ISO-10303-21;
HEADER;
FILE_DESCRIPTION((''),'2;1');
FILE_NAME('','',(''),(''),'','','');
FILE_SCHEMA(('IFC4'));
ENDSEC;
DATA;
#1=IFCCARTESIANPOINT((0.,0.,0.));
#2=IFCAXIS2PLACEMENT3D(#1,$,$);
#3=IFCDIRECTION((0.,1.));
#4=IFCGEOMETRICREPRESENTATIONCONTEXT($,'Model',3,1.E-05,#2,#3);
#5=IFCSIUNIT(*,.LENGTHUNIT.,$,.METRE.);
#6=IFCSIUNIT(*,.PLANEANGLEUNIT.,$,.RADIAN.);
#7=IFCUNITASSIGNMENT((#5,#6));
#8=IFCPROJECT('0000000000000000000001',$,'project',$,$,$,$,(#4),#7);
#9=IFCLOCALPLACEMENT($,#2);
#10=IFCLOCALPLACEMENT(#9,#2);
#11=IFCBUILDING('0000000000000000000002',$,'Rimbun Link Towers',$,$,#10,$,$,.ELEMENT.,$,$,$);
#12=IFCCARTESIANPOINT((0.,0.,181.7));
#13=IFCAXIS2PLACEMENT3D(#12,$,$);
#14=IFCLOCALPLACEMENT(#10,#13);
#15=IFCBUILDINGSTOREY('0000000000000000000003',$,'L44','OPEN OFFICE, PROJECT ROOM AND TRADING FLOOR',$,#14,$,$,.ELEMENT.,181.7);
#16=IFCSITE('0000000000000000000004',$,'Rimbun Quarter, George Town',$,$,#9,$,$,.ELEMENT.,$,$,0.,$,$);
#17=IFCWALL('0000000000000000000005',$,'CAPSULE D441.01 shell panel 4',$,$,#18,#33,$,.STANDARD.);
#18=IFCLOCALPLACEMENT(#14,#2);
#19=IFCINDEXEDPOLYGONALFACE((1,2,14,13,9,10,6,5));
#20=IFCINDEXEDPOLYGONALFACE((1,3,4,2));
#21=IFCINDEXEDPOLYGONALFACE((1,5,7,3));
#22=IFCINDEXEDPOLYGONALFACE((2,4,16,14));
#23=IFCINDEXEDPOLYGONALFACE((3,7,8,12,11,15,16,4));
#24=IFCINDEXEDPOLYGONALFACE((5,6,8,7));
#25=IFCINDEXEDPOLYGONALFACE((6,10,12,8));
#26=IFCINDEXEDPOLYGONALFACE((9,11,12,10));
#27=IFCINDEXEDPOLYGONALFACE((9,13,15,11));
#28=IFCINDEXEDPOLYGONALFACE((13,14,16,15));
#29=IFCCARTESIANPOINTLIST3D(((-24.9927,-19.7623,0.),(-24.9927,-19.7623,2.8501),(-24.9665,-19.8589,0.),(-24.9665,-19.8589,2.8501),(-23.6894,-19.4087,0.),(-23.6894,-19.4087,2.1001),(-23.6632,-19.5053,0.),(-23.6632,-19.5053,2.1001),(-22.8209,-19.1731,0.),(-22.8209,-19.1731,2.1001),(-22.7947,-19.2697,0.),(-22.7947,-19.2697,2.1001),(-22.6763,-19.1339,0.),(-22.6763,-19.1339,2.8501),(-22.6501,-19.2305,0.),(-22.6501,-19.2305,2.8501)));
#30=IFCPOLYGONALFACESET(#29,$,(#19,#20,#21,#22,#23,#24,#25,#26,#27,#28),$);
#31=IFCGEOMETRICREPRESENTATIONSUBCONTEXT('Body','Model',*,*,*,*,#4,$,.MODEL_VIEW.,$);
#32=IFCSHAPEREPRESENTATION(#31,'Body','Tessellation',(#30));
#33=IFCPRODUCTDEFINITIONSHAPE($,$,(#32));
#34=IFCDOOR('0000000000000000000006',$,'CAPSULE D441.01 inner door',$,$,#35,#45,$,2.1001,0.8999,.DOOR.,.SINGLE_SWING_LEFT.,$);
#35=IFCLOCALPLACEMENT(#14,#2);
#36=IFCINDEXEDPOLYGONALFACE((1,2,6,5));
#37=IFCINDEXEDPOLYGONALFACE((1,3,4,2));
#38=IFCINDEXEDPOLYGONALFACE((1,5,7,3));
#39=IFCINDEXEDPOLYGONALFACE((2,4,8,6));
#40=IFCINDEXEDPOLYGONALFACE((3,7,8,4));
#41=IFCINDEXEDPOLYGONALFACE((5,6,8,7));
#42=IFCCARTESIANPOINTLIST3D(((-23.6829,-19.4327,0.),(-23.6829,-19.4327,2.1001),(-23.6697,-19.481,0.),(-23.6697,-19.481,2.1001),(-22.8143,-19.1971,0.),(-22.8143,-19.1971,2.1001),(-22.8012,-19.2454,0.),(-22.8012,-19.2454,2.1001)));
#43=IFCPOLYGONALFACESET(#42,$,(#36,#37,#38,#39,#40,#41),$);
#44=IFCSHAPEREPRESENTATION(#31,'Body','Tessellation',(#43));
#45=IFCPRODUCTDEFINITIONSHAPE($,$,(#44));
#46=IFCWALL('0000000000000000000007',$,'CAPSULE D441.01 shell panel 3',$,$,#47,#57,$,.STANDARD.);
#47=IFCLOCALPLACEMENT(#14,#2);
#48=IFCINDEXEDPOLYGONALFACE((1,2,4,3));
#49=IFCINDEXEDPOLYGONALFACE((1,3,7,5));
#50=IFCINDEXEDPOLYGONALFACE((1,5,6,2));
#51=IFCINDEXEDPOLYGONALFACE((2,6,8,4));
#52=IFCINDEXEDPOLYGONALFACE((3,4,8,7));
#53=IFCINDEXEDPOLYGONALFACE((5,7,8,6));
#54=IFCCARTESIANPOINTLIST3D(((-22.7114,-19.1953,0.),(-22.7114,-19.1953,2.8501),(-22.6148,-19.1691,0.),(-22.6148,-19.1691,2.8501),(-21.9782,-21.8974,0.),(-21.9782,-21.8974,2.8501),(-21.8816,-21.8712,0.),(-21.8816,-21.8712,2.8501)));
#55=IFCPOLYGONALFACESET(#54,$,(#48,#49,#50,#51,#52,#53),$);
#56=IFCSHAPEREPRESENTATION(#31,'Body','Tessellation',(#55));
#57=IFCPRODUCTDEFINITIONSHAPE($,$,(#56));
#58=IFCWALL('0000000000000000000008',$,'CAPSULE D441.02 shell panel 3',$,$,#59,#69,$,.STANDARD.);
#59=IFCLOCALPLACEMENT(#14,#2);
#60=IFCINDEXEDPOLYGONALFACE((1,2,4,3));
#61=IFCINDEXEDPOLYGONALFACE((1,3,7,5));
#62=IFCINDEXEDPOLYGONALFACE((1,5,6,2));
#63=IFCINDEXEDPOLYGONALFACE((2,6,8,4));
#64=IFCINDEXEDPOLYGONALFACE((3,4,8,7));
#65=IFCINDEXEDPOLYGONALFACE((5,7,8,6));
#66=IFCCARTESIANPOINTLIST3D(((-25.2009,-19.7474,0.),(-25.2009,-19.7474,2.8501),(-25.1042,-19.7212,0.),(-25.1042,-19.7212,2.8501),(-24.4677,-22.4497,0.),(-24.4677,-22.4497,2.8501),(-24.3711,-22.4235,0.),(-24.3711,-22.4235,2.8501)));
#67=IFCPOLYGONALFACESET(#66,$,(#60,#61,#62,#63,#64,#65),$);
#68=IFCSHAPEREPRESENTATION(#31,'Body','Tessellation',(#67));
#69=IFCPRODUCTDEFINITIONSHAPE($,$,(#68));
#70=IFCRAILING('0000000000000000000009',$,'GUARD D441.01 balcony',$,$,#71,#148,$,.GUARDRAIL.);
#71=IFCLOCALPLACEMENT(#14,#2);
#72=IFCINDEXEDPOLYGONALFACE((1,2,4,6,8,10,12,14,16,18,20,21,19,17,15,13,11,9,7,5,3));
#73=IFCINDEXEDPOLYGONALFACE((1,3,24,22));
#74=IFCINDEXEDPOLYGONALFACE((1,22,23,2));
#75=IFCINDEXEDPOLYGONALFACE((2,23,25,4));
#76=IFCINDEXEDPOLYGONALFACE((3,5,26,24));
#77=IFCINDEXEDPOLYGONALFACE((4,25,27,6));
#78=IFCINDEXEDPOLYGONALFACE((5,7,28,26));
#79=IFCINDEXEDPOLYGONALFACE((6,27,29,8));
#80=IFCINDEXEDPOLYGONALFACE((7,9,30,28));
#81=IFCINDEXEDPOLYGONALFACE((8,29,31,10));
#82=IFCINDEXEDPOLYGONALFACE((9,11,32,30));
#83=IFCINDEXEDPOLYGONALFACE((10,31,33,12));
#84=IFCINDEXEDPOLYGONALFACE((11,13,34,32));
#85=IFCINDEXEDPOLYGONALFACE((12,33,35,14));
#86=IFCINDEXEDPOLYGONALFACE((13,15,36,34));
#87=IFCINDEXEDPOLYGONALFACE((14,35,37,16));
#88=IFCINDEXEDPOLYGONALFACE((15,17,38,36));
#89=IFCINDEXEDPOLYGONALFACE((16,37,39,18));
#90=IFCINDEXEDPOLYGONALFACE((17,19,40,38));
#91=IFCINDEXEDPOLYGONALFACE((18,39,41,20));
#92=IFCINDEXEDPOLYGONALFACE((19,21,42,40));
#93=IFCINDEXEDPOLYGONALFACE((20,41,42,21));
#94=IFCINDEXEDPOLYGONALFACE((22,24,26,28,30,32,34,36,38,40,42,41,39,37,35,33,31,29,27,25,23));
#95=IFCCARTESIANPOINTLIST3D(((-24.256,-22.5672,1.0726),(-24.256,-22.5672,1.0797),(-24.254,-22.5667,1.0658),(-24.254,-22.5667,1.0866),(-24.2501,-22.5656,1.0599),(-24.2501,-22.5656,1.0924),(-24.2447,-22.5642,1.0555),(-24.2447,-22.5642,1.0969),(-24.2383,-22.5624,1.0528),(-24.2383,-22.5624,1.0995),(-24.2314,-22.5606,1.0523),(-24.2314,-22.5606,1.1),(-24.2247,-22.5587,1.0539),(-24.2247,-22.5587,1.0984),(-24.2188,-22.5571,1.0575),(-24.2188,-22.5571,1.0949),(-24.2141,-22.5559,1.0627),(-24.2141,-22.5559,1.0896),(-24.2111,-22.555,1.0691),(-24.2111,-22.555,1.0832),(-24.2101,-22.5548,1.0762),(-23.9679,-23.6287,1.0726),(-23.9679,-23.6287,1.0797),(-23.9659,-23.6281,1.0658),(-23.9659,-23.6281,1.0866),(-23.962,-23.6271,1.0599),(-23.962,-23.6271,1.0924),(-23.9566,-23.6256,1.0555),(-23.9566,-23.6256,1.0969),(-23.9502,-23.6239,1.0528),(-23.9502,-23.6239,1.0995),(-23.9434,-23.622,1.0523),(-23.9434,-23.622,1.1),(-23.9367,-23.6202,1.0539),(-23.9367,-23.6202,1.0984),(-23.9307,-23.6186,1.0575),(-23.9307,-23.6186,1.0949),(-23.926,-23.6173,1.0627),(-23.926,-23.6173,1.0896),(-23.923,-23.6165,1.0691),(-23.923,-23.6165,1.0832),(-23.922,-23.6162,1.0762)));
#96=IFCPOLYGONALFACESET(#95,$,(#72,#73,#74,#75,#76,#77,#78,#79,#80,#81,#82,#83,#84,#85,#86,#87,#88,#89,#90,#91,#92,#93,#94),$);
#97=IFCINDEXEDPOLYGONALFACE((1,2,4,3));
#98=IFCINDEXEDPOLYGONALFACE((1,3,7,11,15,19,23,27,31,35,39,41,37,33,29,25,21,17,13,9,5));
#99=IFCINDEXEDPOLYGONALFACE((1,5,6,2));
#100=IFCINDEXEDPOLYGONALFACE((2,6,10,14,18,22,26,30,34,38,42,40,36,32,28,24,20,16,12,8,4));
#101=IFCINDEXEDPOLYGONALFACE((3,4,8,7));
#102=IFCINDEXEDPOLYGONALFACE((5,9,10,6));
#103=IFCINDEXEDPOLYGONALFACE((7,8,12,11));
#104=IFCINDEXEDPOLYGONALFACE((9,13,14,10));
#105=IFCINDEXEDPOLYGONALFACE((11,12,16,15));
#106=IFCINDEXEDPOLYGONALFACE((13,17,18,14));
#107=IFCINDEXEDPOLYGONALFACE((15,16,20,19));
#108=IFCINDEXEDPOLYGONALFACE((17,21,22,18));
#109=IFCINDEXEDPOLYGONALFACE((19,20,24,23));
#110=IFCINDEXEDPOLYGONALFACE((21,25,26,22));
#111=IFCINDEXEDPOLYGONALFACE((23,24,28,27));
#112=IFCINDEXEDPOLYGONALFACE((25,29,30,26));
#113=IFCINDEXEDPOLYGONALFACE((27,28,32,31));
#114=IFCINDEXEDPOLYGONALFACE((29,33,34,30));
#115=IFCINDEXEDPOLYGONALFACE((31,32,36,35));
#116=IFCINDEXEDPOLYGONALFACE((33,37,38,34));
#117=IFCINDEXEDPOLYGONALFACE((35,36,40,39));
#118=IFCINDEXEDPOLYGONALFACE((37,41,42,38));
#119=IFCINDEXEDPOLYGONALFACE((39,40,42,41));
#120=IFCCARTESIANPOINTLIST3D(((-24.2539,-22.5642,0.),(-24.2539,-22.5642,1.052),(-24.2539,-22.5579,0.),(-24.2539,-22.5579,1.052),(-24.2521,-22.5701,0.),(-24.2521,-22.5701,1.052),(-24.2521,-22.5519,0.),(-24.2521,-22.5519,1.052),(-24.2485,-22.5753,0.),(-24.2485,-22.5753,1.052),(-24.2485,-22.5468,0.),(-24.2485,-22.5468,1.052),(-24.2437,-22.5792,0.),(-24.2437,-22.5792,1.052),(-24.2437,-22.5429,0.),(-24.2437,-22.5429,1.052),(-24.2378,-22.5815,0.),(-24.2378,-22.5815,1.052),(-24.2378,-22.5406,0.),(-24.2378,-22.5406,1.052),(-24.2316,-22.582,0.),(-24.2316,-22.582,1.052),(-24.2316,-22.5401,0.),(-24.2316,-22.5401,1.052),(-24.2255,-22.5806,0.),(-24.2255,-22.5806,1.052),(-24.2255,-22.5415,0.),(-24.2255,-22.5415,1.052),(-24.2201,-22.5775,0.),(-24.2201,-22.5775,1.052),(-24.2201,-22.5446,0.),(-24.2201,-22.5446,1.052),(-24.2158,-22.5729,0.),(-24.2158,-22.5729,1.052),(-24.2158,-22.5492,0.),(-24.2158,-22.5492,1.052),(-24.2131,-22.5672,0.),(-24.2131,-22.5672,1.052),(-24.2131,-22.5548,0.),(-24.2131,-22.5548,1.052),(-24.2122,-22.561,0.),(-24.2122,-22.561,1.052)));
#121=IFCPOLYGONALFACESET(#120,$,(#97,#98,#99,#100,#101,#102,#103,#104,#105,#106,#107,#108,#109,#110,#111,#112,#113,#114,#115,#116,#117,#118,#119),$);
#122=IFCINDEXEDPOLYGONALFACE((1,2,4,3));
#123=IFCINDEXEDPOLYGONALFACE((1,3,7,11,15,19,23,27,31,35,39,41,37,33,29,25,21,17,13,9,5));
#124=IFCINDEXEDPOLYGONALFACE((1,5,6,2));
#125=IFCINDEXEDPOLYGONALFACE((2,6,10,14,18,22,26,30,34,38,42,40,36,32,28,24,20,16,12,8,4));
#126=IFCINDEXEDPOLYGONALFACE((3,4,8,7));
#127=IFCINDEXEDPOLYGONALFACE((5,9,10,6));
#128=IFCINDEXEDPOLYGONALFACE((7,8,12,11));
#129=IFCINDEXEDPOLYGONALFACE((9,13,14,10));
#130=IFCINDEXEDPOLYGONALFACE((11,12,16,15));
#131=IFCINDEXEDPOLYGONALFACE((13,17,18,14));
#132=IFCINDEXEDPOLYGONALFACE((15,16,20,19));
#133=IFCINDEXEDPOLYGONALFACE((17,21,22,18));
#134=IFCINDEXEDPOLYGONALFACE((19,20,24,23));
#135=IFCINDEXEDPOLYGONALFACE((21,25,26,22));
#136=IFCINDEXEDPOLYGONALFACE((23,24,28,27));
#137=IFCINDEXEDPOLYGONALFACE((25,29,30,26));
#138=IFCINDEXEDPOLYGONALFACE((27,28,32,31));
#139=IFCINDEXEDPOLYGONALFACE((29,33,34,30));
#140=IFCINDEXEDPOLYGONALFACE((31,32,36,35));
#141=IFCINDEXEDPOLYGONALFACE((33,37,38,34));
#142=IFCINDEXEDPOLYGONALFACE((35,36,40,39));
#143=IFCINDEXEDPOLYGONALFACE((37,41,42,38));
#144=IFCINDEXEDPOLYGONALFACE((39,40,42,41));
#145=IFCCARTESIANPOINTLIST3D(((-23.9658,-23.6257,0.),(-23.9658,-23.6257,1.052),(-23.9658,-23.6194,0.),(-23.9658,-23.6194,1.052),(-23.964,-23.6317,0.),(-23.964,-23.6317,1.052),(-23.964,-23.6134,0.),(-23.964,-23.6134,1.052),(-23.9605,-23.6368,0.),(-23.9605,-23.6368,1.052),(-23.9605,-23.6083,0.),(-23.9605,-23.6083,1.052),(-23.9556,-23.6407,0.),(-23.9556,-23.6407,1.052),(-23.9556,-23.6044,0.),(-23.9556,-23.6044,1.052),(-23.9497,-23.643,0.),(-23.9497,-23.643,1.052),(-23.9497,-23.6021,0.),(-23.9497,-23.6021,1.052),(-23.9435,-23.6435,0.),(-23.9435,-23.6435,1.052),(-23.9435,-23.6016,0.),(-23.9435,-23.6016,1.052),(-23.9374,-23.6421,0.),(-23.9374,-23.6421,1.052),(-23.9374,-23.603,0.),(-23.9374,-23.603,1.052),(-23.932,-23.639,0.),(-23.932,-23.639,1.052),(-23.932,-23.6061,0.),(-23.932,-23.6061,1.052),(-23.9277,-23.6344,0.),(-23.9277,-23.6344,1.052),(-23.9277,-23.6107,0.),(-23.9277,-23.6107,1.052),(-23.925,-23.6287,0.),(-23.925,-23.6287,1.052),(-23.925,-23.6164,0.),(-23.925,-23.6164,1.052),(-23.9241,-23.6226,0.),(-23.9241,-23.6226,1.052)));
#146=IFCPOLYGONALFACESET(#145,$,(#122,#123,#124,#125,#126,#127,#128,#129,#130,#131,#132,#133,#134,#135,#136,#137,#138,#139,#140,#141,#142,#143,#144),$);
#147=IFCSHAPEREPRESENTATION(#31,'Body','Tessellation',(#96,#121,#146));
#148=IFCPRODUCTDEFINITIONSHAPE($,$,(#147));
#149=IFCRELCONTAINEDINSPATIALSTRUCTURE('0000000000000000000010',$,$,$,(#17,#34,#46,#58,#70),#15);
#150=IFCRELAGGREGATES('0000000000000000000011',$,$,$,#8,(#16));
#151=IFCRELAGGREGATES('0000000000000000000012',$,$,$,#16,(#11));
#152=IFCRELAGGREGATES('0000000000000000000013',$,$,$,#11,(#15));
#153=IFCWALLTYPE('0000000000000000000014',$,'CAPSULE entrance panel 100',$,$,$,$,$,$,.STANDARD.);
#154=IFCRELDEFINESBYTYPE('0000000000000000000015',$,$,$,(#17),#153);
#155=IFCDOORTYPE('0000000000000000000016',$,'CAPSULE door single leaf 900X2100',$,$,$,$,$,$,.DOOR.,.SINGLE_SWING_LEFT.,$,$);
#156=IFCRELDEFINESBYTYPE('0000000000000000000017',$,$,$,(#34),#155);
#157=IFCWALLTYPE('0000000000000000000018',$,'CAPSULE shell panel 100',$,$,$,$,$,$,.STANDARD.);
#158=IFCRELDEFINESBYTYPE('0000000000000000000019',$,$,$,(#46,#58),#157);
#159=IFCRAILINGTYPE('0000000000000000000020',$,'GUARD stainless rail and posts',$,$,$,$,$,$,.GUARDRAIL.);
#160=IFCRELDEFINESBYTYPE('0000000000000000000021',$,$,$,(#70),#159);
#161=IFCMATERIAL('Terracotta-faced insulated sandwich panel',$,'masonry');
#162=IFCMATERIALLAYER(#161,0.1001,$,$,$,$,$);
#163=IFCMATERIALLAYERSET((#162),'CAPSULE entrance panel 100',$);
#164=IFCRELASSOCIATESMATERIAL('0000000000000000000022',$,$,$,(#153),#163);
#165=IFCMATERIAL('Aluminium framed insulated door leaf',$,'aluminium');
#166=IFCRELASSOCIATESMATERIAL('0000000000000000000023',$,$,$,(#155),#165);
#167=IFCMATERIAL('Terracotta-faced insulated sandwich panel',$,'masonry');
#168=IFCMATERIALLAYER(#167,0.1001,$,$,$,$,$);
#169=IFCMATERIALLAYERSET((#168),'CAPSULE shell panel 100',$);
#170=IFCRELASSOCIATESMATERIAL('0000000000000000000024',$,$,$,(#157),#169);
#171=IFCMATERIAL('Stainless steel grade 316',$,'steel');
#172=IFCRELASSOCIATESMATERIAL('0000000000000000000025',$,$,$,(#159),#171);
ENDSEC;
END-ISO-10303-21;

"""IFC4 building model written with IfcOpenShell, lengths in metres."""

from ifc_helpers import new_model, si_unit, direction, frame, frame_2d, origin, origin_2d, place, context, subcontext, project, spatial, rectangle, circle, extrude, material, layer, layer_set, type_object, element, fill, save


model = new_model("IFC4")

# Units and contexts
model_context = context("Model", 3, precision=1e-05, world=origin(), true_north=direction((0.0, 1.0)))
body_context = subcontext(model_context, "Body", "Model", "MODEL_VIEW")
ifc_project = project(units=[si_unit("LENGTHUNIT", "METRE"), si_unit("PLANEANGLEUNIT", "RADIAN")], contexts=[model_context])

# Site, building, storey
site_placement = place(None, origin())
site = spatial("IfcSite", under=ifc_project, at=site_placement, Name="Rimbun Quarter, George Town", CompositionType="ELEMENT", RefElevation=0.0)
building_placement = place(site_placement, origin())
building = spatial("IfcBuilding", under=site, at=building_placement, Name="Rimbun Link Towers", CompositionType="ELEMENT")
storey_placement = place(building_placement, frame((0.0, 0.0, 181.7)))
storey = spatial("IfcBuildingStorey", under=building, at=storey_placement, Name="L44", Description="OPEN OFFICE, PROJECT ROOM AND TRADING FLOOR", CompositionType="ELEMENT", Elevation=181.7)

# Shared definitions
ifc_material_1 = material(Name="Terracotta-faced insulated sandwich panel", Category="masonry")
ifc_layer_1 = layer(ifc_material_1, 0.1001)
ifc_layer_set_1 = layer_set([ifc_layer_1], Name="CAPSULE entrance panel 100")
wall_type_1 = type_object("IfcWallType", Name="CAPSULE entrance panel 100", PredefinedType="STANDARD", material=ifc_layer_set_1)
ifc_material_2 = material(Name="Aluminium framed insulated door leaf", Category="aluminium")
door_type = type_object("IfcDoorType", Name="CAPSULE door single leaf 900X2100", OperationType="SINGLE_SWING_LEFT", PredefinedType="DOOR", material=ifc_material_2)

# Wall, opening, door
wall_1_placement = place(storey_placement, frame((-22.6631, -19.1821, 0.0), z_axis=(0.0, 0.0, 1.0), x_axis=(-0.965115, -0.261826, 0.0)))
wall_1 = element("IfcWall", 1, at=wall_1_placement, inside=storey, type_object=wall_type_1, Name="CAPSULE D441.01 shell panel 4", PredefinedType="STANDARD", context=body_context, shape_type="SweptSolid", body=[
    extrude(rectangle(XDim=2.4001, YDim=0.1001, at=frame_2d((1.2002, 0.0))), origin(), (0.0, 0.0, 1.0), 2.8501),
])
opening_1_placement = place(wall_1_placement, frame((0.1499, 0.0, 0.0)))
opening_1 = element("IfcOpeningElement", 2, at=opening_1_placement, cuts=wall_1, PredefinedType="OPENING", context=body_context, shape_type="SweptSolid", body=[
    extrude(rectangle(XDim=0.8999, YDim=2.1001, at=frame_2d((0.45, 1.05))), frame((0.0, 0.0601, 0.0), z_axis=(0.0, -1.0, 0.0), x_axis=(1.0, 0.0, 0.0)), (0.0, 0.0, 1.0), 0.1201),
])
door_1_placement = place(opening_1_placement, origin())
door_1 = element("IfcDoor", 3, at=door_1_placement, inside=storey, type_object=door_type, Name="CAPSULE D441.01 inner door", OperationType="SINGLE_SWING_LEFT", OverallHeight=2.1001, OverallWidth=0.8999, PredefinedType="DOOR", context=body_context, shape_type="SweptSolid", body=[
    extrude(rectangle(XDim=0.8999, YDim=2.1001, at=frame_2d((0.45, 1.05))), frame((0.0, 0.0249, 0.0), z_axis=(0.0, -1.0, 0.0), x_axis=(1.0, 0.0, 0.0)), (0.0, 0.0, 1.0), 0.05),
])
fill(opening_1, door_1)

# Walls
ifc_material_3 = material(Name="Terracotta-faced insulated sandwich panel", Category="masonry")
ifc_layer_2 = layer(ifc_material_3, 0.1001)
ifc_layer_set_2 = layer_set([ifc_layer_2], Name="CAPSULE shell panel 100")
wall_type_2 = type_object("IfcWallType", Name="CAPSULE shell panel 100", PredefinedType="STANDARD", material=ifc_layer_set_2)
wall_2_placement = place(storey_placement, frame((-21.9299, -21.8843, 0.0), z_axis=(0.0, 0.0, 1.0), x_axis=(-0.261855, 0.965107, 0.0)))
element("IfcWall", 4, at=wall_2_placement, inside=storey, type_object=wall_type_2, Name="CAPSULE D441.01 shell panel 3", PredefinedType="STANDARD", context=body_context, shape_type="SweptSolid", body=[
    extrude(rectangle(XDim=2.7998, YDim=0.1001, at=frame_2d((1.3999, 0.0))), origin(), (0.0, 0.0, 1.0), 2.8501),
])
wall_3_placement = place(storey_placement, frame((-24.4194, -22.4365, 0.0), z_axis=(0.0, 0.0, 1.0), x_axis=(-0.261833, 0.965113, 0.0)))
element("IfcWall", 5, at=wall_3_placement, inside=storey, type_object=wall_type_2, Name="CAPSULE D441.02 shell panel 3", PredefinedType="STANDARD", context=body_context, shape_type="SweptSolid", body=[
    extrude(rectangle(XDim=2.8, YDim=0.1001, at=frame_2d((1.3999, 0.0))), origin(), (0.0, 0.0, 1.0), 2.8501),
])

# Railing
ifc_material_4 = material(Name="Stainless steel grade 316", Category="steel")
railing_type = type_object("IfcRailingType", Name="GUARD stainless rail and posts", PredefinedType="GUARDRAIL", material=ifc_material_4)
railing_1_placement = place(storey_placement, frame((-24.2332, -22.561, 0.0)))
element("IfcRailing", 6, at=railing_1_placement, inside=storey, type_object=railing_type, Name="GUARD D441.01 balcony", PredefinedType="GUARDRAIL", context=body_context, shape_type="SweptSolid", body=[
    extrude(circle(Radius=0.0239, at=origin_2d()), frame((0.0, 0.0, 1.0762), z_axis=(0.261915, -0.965091, 0.0), x_axis=(0.965091, 0.261915, 0.0)), (0.0, 0.0, 1.0), 1.0999),
    extrude(circle(Radius=0.021, at=origin_2d()), origin(), (0.0, 0.0, 1.0), 1.052),
    extrude(circle(Radius=0.021, at=origin_2d()), frame((0.2881, -1.0615, 0.0)), (0.0, 0.0, 1.0), 1.052),
])

save(model, "model.ifc")
